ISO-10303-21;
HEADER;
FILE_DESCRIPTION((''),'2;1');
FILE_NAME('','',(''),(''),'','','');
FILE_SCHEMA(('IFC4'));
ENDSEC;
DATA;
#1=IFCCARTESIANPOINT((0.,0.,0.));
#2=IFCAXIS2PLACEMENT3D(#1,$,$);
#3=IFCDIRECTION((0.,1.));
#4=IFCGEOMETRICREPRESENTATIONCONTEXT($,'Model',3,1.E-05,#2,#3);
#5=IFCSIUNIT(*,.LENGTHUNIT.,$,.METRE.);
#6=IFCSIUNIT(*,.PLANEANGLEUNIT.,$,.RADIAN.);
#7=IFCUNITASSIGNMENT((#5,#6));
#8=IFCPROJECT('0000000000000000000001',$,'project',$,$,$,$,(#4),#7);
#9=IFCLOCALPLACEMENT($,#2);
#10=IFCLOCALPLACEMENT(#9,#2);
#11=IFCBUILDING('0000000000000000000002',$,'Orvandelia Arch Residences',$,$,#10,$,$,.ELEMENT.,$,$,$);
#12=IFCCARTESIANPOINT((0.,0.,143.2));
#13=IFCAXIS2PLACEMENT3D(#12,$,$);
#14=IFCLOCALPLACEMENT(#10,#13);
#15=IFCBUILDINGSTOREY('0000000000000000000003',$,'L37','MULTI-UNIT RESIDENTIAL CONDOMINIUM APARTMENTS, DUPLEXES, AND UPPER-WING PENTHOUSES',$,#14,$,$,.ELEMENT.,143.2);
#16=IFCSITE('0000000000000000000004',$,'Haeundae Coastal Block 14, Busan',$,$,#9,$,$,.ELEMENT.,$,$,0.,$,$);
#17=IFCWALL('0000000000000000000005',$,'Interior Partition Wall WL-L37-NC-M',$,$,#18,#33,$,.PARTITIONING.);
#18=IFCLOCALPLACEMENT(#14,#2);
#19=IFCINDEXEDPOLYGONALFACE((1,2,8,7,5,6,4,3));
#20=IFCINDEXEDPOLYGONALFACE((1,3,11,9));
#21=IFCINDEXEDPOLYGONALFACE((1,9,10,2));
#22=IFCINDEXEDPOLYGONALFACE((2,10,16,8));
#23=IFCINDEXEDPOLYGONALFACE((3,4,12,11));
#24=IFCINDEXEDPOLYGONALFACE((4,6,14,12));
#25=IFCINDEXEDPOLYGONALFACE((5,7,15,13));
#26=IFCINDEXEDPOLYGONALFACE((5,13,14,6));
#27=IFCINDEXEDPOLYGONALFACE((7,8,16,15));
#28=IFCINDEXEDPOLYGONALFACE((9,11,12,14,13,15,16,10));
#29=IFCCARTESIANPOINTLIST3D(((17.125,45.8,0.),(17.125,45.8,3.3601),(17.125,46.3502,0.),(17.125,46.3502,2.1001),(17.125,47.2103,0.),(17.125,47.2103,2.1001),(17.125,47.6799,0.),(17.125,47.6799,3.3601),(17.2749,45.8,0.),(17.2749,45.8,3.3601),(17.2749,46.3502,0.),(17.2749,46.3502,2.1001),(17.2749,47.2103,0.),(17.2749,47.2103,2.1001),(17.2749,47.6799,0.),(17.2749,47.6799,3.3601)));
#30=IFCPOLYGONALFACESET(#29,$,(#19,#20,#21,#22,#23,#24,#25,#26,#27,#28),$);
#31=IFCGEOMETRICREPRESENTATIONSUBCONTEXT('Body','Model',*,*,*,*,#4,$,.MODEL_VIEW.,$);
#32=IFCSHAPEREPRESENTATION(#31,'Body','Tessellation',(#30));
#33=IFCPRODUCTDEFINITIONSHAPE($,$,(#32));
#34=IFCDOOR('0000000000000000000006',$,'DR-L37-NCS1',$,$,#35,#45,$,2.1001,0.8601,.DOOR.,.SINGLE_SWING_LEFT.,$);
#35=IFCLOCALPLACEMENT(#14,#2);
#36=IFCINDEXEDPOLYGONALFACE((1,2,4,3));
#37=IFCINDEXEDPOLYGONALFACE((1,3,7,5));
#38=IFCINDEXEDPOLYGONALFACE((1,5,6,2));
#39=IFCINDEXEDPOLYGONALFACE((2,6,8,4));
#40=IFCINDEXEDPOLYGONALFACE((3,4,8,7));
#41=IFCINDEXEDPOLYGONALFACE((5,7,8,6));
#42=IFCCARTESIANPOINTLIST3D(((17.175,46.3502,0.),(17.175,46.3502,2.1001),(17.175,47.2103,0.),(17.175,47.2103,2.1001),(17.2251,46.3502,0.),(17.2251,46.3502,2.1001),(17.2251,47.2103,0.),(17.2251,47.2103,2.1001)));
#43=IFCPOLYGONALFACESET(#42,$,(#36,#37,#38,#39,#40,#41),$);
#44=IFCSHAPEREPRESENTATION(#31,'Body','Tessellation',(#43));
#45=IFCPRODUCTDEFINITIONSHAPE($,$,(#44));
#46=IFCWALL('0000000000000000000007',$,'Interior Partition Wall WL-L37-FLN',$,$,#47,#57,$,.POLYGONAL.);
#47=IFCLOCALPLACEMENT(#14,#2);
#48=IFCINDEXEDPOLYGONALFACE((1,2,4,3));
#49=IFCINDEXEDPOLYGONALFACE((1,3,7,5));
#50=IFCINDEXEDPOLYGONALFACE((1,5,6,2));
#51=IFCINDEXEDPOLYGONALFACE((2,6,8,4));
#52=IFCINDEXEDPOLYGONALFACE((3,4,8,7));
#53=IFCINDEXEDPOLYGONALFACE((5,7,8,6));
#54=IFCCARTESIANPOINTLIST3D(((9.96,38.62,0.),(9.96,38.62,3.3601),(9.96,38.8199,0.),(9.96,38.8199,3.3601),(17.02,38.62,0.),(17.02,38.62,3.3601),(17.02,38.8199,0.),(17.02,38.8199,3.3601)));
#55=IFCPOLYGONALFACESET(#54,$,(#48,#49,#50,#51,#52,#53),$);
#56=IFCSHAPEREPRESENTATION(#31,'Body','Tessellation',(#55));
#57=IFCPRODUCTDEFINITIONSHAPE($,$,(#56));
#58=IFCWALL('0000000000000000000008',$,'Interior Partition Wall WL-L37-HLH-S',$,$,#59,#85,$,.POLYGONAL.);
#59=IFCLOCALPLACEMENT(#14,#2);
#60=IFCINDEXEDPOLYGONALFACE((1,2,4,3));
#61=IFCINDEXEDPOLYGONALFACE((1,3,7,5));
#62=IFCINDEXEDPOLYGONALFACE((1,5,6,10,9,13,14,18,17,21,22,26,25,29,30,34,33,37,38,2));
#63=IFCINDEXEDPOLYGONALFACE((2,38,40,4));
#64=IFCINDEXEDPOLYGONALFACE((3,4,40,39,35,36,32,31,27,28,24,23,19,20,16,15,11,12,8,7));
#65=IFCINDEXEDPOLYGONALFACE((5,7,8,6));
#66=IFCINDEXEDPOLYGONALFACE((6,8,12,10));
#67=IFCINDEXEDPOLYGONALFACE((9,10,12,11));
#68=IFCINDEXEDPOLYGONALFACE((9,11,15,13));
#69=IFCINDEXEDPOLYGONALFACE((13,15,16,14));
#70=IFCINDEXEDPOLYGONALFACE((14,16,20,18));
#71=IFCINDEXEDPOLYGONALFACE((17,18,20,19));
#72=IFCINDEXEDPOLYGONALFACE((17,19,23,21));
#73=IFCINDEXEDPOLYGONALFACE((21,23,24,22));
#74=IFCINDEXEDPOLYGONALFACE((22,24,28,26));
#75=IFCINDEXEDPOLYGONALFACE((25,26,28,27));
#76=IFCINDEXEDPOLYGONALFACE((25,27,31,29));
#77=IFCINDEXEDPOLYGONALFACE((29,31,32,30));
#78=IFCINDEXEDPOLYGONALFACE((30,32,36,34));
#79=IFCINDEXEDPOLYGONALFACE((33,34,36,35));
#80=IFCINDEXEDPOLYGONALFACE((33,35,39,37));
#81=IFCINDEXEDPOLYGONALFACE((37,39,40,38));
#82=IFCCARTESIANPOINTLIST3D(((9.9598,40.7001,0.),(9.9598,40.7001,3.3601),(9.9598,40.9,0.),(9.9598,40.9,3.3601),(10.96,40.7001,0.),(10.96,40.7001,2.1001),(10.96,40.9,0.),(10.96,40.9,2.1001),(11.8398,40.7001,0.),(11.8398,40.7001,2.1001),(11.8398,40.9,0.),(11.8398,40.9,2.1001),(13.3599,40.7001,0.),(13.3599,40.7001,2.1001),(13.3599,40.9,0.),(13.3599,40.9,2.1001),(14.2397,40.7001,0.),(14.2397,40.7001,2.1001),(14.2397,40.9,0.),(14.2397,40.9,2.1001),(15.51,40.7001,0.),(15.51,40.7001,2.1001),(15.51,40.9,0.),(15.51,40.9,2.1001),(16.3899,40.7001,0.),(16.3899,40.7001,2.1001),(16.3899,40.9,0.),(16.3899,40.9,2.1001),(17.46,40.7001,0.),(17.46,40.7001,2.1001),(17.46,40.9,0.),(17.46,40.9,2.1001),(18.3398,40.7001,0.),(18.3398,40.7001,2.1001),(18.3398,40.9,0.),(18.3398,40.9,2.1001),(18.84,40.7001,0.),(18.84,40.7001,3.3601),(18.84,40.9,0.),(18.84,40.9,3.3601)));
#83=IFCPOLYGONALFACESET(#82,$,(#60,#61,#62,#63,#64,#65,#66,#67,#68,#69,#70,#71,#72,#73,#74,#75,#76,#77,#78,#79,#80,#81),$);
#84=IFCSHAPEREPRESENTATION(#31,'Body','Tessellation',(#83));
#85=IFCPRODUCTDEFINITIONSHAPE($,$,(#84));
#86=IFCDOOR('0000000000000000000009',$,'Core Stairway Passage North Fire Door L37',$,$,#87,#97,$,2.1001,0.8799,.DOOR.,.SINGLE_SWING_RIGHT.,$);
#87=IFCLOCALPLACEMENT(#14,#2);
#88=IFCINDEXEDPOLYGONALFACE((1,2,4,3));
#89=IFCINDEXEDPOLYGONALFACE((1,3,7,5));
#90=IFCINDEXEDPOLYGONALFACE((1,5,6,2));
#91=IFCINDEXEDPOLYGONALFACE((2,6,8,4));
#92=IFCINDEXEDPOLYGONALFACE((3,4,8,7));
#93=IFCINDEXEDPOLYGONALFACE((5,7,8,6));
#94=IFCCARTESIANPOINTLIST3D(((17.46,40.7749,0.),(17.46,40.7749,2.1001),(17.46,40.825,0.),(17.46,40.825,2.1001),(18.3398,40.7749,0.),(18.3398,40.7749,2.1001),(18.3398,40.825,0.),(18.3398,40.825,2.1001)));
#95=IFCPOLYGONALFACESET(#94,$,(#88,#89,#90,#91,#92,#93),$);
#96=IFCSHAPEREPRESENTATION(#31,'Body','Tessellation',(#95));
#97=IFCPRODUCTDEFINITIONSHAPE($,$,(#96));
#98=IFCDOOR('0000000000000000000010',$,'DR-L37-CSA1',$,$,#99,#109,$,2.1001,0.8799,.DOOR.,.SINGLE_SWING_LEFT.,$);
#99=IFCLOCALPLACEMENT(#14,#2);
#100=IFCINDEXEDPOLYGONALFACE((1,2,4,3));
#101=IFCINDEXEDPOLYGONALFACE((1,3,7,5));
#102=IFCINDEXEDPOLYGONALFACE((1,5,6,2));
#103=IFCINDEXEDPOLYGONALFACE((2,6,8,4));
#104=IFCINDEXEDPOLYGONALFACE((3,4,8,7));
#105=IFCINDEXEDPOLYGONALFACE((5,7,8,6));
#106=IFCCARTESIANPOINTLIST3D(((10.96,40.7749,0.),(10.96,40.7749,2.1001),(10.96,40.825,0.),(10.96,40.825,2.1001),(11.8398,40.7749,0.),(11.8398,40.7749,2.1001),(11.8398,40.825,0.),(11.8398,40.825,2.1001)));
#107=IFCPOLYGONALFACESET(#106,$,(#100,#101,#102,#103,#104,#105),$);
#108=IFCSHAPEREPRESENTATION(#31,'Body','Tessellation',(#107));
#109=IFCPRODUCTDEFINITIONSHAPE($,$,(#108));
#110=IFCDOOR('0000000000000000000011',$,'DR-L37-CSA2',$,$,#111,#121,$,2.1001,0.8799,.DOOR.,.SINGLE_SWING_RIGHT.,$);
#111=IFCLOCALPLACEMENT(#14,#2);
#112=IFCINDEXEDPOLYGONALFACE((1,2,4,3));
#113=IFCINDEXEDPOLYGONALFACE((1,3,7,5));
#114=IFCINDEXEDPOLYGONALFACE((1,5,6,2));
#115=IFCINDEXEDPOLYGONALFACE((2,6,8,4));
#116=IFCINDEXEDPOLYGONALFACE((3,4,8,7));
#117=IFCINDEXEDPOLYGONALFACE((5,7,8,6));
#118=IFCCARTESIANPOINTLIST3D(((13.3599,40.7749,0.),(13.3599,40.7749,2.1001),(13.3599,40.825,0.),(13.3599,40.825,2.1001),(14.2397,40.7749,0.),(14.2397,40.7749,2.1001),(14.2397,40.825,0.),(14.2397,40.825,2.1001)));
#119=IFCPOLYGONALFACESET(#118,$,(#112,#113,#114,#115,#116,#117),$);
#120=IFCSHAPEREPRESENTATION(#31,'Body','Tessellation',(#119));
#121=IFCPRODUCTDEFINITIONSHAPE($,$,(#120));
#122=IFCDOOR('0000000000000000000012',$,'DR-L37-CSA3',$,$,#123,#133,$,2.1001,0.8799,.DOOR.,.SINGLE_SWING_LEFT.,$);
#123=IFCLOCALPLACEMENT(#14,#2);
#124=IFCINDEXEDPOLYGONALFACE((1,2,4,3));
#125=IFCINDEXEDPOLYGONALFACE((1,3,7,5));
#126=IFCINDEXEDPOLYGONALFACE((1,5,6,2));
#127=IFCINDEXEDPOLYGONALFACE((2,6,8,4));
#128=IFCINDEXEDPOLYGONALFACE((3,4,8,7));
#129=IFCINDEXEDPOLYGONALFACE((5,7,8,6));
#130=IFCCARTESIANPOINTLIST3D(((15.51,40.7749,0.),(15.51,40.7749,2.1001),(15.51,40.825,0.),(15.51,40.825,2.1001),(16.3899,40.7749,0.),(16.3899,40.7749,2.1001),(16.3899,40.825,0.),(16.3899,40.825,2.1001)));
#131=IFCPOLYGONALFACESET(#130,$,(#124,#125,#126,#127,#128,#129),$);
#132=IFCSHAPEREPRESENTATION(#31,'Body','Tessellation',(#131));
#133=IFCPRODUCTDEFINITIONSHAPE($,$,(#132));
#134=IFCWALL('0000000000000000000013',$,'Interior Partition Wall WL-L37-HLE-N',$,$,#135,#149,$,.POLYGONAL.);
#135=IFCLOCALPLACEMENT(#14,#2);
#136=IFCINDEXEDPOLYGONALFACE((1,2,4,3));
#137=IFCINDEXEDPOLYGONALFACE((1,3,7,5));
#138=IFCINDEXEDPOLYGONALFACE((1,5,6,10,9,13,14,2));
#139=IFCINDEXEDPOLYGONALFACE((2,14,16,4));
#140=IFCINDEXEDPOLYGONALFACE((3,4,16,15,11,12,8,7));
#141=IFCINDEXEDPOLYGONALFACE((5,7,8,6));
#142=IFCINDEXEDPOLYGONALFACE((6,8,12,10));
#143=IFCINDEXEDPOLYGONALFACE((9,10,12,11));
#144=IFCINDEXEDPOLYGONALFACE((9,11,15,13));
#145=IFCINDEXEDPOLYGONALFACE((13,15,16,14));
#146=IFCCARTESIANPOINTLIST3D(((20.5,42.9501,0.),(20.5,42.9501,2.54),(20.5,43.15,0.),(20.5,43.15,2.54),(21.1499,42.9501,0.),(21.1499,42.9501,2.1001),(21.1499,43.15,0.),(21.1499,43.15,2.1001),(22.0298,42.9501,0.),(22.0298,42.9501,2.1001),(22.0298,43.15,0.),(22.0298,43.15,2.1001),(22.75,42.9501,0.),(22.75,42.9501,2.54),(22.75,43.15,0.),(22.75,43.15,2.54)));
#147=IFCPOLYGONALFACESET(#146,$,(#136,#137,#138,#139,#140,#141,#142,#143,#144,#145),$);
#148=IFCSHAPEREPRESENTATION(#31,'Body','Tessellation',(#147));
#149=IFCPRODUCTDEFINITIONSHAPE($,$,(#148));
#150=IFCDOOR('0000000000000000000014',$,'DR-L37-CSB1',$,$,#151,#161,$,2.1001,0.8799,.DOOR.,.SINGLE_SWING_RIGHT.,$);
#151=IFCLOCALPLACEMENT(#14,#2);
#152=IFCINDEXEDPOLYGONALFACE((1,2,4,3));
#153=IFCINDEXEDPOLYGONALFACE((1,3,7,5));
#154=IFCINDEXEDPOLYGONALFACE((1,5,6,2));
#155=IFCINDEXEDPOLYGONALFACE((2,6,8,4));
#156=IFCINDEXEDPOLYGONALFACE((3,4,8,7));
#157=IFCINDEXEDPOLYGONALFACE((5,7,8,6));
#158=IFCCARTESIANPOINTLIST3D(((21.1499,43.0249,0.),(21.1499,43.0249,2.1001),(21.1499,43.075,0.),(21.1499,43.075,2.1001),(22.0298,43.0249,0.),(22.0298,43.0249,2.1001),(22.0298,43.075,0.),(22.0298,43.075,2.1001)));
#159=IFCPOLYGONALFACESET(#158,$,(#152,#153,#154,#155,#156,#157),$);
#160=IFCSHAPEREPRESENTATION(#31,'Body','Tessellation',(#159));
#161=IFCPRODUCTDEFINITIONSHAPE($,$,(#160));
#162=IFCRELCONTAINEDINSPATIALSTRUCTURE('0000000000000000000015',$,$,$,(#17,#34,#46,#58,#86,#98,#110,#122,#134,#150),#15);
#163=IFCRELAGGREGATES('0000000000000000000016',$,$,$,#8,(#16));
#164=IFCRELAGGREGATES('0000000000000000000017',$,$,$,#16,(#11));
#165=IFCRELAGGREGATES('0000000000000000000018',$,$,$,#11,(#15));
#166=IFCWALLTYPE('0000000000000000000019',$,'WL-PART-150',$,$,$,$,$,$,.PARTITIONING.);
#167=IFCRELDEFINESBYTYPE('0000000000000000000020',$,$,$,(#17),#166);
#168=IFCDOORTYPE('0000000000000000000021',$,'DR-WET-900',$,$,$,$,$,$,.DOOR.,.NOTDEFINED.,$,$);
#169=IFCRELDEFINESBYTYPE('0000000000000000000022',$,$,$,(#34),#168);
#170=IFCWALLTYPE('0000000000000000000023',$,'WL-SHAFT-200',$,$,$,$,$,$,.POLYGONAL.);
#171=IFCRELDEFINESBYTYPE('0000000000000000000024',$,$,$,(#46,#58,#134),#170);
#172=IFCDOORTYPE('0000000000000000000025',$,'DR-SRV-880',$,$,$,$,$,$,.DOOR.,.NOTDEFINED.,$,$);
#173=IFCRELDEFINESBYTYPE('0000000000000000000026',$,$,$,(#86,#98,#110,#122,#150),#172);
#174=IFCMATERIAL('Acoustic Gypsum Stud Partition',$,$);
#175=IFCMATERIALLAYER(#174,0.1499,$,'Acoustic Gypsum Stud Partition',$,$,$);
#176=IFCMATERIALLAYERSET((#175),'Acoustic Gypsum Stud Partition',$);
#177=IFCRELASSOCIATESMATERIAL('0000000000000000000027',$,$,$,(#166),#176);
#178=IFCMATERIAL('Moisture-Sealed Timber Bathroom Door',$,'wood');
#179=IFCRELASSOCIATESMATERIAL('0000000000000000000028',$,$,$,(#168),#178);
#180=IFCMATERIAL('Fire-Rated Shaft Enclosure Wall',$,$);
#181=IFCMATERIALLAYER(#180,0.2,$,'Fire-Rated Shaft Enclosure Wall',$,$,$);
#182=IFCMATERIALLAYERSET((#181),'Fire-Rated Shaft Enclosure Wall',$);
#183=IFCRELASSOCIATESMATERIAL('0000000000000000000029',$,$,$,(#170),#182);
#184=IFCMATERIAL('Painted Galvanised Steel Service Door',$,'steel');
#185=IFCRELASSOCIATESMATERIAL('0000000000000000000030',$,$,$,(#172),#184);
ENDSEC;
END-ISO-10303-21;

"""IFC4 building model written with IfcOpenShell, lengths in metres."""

from ifc_helpers import new_model, si_unit, direction, frame, frame_2d, origin, place, context, subcontext, project, spatial, rectangle, extrude, material, layer, layer_set, type_object, element, fill, save


model = new_model("IFC4")

# Units and contexts
model_context = context("Model", 3, precision=1e-05, world=origin(), true_north=direction((0.0, 1.0)))
body_context = subcontext(model_context, "Body", "Model", "MODEL_VIEW")
ifc_project = project(units=[si_unit("LENGTHUNIT", "METRE"), si_unit("PLANEANGLEUNIT", "RADIAN")], contexts=[model_context])

# Site, building, storey
site_placement = place(None, origin())
site = spatial("IfcSite", under=ifc_project, at=site_placement, Name="Haeundae Coastal Block 14, Busan", CompositionType="ELEMENT", RefElevation=0.0)
building_placement = place(site_placement, origin())
building = spatial("IfcBuilding", under=site, at=building_placement, Name="Orvandelia Arch Residences", CompositionType="ELEMENT")
storey_placement = place(building_placement, frame((0.0, 0.0, 143.2)))
storey = spatial("IfcBuildingStorey", under=building, at=storey_placement, Name="L37", Description="MULTI-UNIT RESIDENTIAL CONDOMINIUM APARTMENTS, DUPLEXES, AND UPPER-WING PENTHOUSES", CompositionType="ELEMENT", Elevation=143.2)

# Shared definitions
ifc_material_1 = material(Name="Acoustic Gypsum Stud Partition")
ifc_layer_1 = layer(ifc_material_1, 0.1499, Name="Acoustic Gypsum Stud Partition")
ifc_layer_set_1 = layer_set([ifc_layer_1], Name="Acoustic Gypsum Stud Partition")
wall_type_1 = type_object("IfcWallType", Name="WL-PART-150", PredefinedType="PARTITIONING", material=ifc_layer_set_1)

# Wall, opening, door
wall_1_placement = place(storey_placement, frame((17.2, 45.8, 0.0), z_axis=(0.0, 0.0, 1.0), x_axis=(0.0, 1.0, 0.0)))
wall_1 = element("IfcWall", 1, at=wall_1_placement, inside=storey, type_object=wall_type_1, Name="Interior Partition Wall WL-L37-NC-M", PredefinedType="PARTITIONING", context=body_context, shape_type="SweptSolid", body=[
    extrude(rectangle(XDim=1.8799, YDim=0.1499, at=frame_2d((0.9399, 0.0))), origin(), (0.0, 0.0, 1.0), 3.3601),
])
opening_1_placement = place(wall_1_placement, frame((0.55, 0.0, 0.0)))
opening_1 = element("IfcOpeningElement", 2, at=opening_1_placement, cuts=wall_1, PredefinedType="OPENING", context=body_context, shape_type="SweptSolid", body=[
    extrude(rectangle(XDim=0.8601, YDim=2.1001, at=frame_2d((0.4302, 1.05))), frame((0.0, 0.085, 0.0), z_axis=(0.0, -1.0, 0.0), x_axis=(1.0, 0.0, 0.0)), (0.0, 0.0, 1.0), 0.1699),
])
ifc_material_2 = material(Name="Moisture-Sealed Timber Bathroom Door", Category="wood")
door_type_1 = type_object("IfcDoorType", Name="DR-WET-900", OperationType="NOTDEFINED", PredefinedType="DOOR", material=ifc_material_2)
door_1_placement = place(opening_1_placement, origin())
door_1 = element("IfcDoor", 3, at=door_1_placement, inside=storey, type_object=door_type_1, Name="DR-L37-NCS1", OperationType="SINGLE_SWING_LEFT", OverallHeight=2.1001, OverallWidth=0.8601, PredefinedType="DOOR", context=body_context, shape_type="SweptSolid", body=[
    extrude(rectangle(XDim=0.8601, YDim=2.1001, at=frame_2d((0.4302, 1.05))), frame((0.0, 0.0249, 0.0), z_axis=(0.0, -1.0, 0.0), x_axis=(1.0, 0.0, 0.0)), (0.0, 0.0, 1.0), 0.05),
])
fill(opening_1, door_1)

# Wall
ifc_material_3 = material(Name="Fire-Rated Shaft Enclosure Wall")
ifc_layer_2 = layer(ifc_material_3, 0.2, Name="Fire-Rated Shaft Enclosure Wall")
ifc_layer_set_2 = layer_set([ifc_layer_2], Name="Fire-Rated Shaft Enclosure Wall")
wall_type_2 = type_object("IfcWallType", Name="WL-SHAFT-200", PredefinedType="POLYGONAL", material=ifc_layer_set_2)
wall_2_placement = place(storey_placement, frame((9.96, 38.72, 0.0), z_axis=(0.0, 0.0, 1.0), x_axis=(1.0, 0.0, 0.0)))
element("IfcWall", 4, at=wall_2_placement, inside=storey, type_object=wall_type_2, Name="Interior Partition Wall WL-L37-FLN", PredefinedType="POLYGONAL", context=body_context, shape_type="SweptSolid", body=[
    extrude(rectangle(XDim=7.0601, YDim=0.2, at=frame_2d((3.53, 0.0))), origin(), (0.0, 0.0, 1.0), 3.3601),
])

# Wall, openings, doors
wall_3_placement = place(storey_placement, frame((9.96, 40.8, 0.0), z_axis=(0.0, 0.0, 1.0), x_axis=(1.0, 0.0, 0.0)))
wall_3 = element("IfcWall", 5, at=wall_3_placement, inside=storey, type_object=wall_type_2, Name="Interior Partition Wall WL-L37-HLH-S", PredefinedType="POLYGONAL", context=body_context, shape_type="SweptSolid", body=[
    extrude(rectangle(XDim=8.8801, YDim=0.2, at=frame_2d((4.4399, 0.0))), origin(), (0.0, 0.0, 1.0), 3.3601),
])
opening_2_placement = place(wall_3_placement, frame((7.5, 0.0, 0.0)))
opening_2 = element("IfcOpeningElement", 6, at=opening_2_placement, cuts=wall_3, PredefinedType="OPENING", context=body_context, shape_type="SweptSolid", body=[
    extrude(rectangle(XDim=0.8799, YDim=2.1001, at=frame_2d((0.4399, 1.05))), frame((0.0, 0.1099, 0.0), z_axis=(0.0, -1.0, 0.0), x_axis=(1.0, 0.0, 0.0)), (0.0, 0.0, 1.0), 0.22),
])
opening_3_placement = place(wall_3_placement, frame((1.0, 0.0, 0.0)))
opening_3 = element("IfcOpeningElement", 7, at=opening_3_placement, cuts=wall_3, PredefinedType="OPENING", context=body_context, shape_type="SweptSolid", body=[
    extrude(rectangle(XDim=0.8799, YDim=2.1001, at=frame_2d((0.4399, 1.05))), frame((0.0, 0.1099, 0.0), z_axis=(0.0, -1.0, 0.0), x_axis=(1.0, 0.0, 0.0)), (0.0, 0.0, 1.0), 0.22),
])
opening_4_placement = place(wall_3_placement, frame((3.3999, 0.0, 0.0)))
opening_4 = element("IfcOpeningElement", 8, at=opening_4_placement, cuts=wall_3, PredefinedType="OPENING", context=body_context, shape_type="SweptSolid", body=[
    extrude(rectangle(XDim=0.8799, YDim=2.1001, at=frame_2d((0.4399, 1.05))), frame((0.0, 0.1099, 0.0), z_axis=(0.0, -1.0, 0.0), x_axis=(1.0, 0.0, 0.0)), (0.0, 0.0, 1.0), 0.22),
])
opening_5_placement = place(wall_3_placement, frame((5.55, 0.0, 0.0)))
opening_5 = element("IfcOpeningElement", 9, at=opening_5_placement, cuts=wall_3, PredefinedType="OPENING", context=body_context, shape_type="SweptSolid", body=[
    extrude(rectangle(XDim=0.8799, YDim=2.1001, at=frame_2d((0.4399, 1.05))), frame((0.0, 0.1099, 0.0), z_axis=(0.0, -1.0, 0.0), x_axis=(1.0, 0.0, 0.0)), (0.0, 0.0, 1.0), 0.22),
])
ifc_material_4 = material(Name="Painted Galvanised Steel Service Door", Category="steel")
door_type_2 = type_object("IfcDoorType", Name="DR-SRV-880", OperationType="NOTDEFINED", PredefinedType="DOOR", material=ifc_material_4)
door_2_placement = place(opening_2_placement, origin())
door_2 = element("IfcDoor", 10, at=door_2_placement, inside=storey, type_object=door_type_2, Name="Core Stairway Passage North Fire Door L37", OperationType="SINGLE_SWING_RIGHT", OverallHeight=2.1001, OverallWidth=0.8799, PredefinedType="DOOR", context=body_context, shape_type="SweptSolid", body=[
    extrude(rectangle(XDim=0.8799, YDim=2.1001, at=frame_2d((0.4399, 1.05))), frame((0.0, 0.0249, 0.0), z_axis=(0.0, -1.0, 0.0), x_axis=(1.0, 0.0, 0.0)), (0.0, 0.0, 1.0), 0.05),
])
fill(opening_2, door_2)
door_3_placement = place(opening_3_placement, origin())
door_3 = element("IfcDoor", 11, at=door_3_placement, inside=storey, type_object=door_type_2, Name="DR-L37-CSA1", OperationType="SINGLE_SWING_LEFT", OverallHeight=2.1001, OverallWidth=0.8799, PredefinedType="DOOR", context=body_context, shape_type="SweptSolid", body=[
    extrude(rectangle(XDim=0.8799, YDim=2.1001, at=frame_2d((0.4399, 1.05))), frame((0.0, 0.0249, 0.0), z_axis=(0.0, -1.0, 0.0), x_axis=(1.0, 0.0, 0.0)), (0.0, 0.0, 1.0), 0.05),
])
fill(opening_3, door_3)
door_4_placement = place(opening_4_placement, origin())
door_4 = element("IfcDoor", 12, at=door_4_placement, inside=storey, type_object=door_type_2, Name="DR-L37-CSA2", OperationType="SINGLE_SWING_RIGHT", OverallHeight=2.1001, OverallWidth=0.8799, PredefinedType="DOOR", context=body_context, shape_type="SweptSolid", body=[
    extrude(rectangle(XDim=0.8799, YDim=2.1001, at=frame_2d((0.4399, 1.05))), frame((0.0, 0.0249, 0.0), z_axis=(0.0, -1.0, 0.0), x_axis=(1.0, 0.0, 0.0)), (0.0, 0.0, 1.0), 0.05),
])
fill(opening_4, door_4)
door_5_placement = place(opening_5_placement, origin())
door_5 = element("IfcDoor", 13, at=door_5_placement, inside=storey, type_object=door_type_2, Name="DR-L37-CSA3", OperationType="SINGLE_SWING_LEFT", OverallHeight=2.1001, OverallWidth=0.8799, PredefinedType="DOOR", context=body_context, shape_type="SweptSolid", body=[
    extrude(rectangle(XDim=0.8799, YDim=2.1001, at=frame_2d((0.4399, 1.05))), frame((0.0, 0.0249, 0.0), z_axis=(0.0, -1.0, 0.0), x_axis=(1.0, 0.0, 0.0)), (0.0, 0.0, 1.0), 0.05),
])
fill(opening_5, door_5)

# Wall, opening, door
wall_4_placement = place(storey_placement, frame((20.5, 43.05, 0.0), z_axis=(0.0, 0.0, 1.0), x_axis=(1.0, 0.0, 0.0)))
wall_4 = element("IfcWall", 14, at=wall_4_placement, inside=storey, type_object=wall_type_2, Name="Interior Partition Wall WL-L37-HLE-N", PredefinedType="POLYGONAL", context=body_context, shape_type="SweptSolid", body=[
    extrude(rectangle(XDim=2.25, YDim=0.2, at=frame_2d((1.125, 0.0))), origin(), (0.0, 0.0, 1.0), 2.54),
])
opening_6_placement = place(wall_4_placement, frame((0.6499, 0.0, 0.0)))
opening_6 = element("IfcOpeningElement", 15, at=opening_6_placement, cuts=wall_4, PredefinedType="OPENING", context=body_context, shape_type="SweptSolid", body=[
    extrude(rectangle(XDim=0.8799, YDim=2.1001, at=frame_2d((0.4399, 1.05))), frame((0.0, 0.1099, 0.0), z_axis=(0.0, -1.0, 0.0), x_axis=(1.0, 0.0, 0.0)), (0.0, 0.0, 1.0), 0.22),
])
door_6_placement = place(opening_6_placement, origin())
door_6 = element("IfcDoor", 16, at=door_6_placement, inside=storey, type_object=door_type_2, Name="DR-L37-CSB1", OperationType="SINGLE_SWING_RIGHT", OverallHeight=2.1001, OverallWidth=0.8799, PredefinedType="DOOR", context=body_context, shape_type="SweptSolid", body=[
    extrude(rectangle(XDim=0.8799, YDim=2.1001, at=frame_2d((0.4399, 1.05))), frame((0.0, 0.0249, 0.0), z_axis=(0.0, -1.0, 0.0), x_axis=(1.0, 0.0, 0.0)), (0.0, 0.0, 1.0), 0.05),
])
fill(opening_6, door_6)

save(model, "model.ifc")
